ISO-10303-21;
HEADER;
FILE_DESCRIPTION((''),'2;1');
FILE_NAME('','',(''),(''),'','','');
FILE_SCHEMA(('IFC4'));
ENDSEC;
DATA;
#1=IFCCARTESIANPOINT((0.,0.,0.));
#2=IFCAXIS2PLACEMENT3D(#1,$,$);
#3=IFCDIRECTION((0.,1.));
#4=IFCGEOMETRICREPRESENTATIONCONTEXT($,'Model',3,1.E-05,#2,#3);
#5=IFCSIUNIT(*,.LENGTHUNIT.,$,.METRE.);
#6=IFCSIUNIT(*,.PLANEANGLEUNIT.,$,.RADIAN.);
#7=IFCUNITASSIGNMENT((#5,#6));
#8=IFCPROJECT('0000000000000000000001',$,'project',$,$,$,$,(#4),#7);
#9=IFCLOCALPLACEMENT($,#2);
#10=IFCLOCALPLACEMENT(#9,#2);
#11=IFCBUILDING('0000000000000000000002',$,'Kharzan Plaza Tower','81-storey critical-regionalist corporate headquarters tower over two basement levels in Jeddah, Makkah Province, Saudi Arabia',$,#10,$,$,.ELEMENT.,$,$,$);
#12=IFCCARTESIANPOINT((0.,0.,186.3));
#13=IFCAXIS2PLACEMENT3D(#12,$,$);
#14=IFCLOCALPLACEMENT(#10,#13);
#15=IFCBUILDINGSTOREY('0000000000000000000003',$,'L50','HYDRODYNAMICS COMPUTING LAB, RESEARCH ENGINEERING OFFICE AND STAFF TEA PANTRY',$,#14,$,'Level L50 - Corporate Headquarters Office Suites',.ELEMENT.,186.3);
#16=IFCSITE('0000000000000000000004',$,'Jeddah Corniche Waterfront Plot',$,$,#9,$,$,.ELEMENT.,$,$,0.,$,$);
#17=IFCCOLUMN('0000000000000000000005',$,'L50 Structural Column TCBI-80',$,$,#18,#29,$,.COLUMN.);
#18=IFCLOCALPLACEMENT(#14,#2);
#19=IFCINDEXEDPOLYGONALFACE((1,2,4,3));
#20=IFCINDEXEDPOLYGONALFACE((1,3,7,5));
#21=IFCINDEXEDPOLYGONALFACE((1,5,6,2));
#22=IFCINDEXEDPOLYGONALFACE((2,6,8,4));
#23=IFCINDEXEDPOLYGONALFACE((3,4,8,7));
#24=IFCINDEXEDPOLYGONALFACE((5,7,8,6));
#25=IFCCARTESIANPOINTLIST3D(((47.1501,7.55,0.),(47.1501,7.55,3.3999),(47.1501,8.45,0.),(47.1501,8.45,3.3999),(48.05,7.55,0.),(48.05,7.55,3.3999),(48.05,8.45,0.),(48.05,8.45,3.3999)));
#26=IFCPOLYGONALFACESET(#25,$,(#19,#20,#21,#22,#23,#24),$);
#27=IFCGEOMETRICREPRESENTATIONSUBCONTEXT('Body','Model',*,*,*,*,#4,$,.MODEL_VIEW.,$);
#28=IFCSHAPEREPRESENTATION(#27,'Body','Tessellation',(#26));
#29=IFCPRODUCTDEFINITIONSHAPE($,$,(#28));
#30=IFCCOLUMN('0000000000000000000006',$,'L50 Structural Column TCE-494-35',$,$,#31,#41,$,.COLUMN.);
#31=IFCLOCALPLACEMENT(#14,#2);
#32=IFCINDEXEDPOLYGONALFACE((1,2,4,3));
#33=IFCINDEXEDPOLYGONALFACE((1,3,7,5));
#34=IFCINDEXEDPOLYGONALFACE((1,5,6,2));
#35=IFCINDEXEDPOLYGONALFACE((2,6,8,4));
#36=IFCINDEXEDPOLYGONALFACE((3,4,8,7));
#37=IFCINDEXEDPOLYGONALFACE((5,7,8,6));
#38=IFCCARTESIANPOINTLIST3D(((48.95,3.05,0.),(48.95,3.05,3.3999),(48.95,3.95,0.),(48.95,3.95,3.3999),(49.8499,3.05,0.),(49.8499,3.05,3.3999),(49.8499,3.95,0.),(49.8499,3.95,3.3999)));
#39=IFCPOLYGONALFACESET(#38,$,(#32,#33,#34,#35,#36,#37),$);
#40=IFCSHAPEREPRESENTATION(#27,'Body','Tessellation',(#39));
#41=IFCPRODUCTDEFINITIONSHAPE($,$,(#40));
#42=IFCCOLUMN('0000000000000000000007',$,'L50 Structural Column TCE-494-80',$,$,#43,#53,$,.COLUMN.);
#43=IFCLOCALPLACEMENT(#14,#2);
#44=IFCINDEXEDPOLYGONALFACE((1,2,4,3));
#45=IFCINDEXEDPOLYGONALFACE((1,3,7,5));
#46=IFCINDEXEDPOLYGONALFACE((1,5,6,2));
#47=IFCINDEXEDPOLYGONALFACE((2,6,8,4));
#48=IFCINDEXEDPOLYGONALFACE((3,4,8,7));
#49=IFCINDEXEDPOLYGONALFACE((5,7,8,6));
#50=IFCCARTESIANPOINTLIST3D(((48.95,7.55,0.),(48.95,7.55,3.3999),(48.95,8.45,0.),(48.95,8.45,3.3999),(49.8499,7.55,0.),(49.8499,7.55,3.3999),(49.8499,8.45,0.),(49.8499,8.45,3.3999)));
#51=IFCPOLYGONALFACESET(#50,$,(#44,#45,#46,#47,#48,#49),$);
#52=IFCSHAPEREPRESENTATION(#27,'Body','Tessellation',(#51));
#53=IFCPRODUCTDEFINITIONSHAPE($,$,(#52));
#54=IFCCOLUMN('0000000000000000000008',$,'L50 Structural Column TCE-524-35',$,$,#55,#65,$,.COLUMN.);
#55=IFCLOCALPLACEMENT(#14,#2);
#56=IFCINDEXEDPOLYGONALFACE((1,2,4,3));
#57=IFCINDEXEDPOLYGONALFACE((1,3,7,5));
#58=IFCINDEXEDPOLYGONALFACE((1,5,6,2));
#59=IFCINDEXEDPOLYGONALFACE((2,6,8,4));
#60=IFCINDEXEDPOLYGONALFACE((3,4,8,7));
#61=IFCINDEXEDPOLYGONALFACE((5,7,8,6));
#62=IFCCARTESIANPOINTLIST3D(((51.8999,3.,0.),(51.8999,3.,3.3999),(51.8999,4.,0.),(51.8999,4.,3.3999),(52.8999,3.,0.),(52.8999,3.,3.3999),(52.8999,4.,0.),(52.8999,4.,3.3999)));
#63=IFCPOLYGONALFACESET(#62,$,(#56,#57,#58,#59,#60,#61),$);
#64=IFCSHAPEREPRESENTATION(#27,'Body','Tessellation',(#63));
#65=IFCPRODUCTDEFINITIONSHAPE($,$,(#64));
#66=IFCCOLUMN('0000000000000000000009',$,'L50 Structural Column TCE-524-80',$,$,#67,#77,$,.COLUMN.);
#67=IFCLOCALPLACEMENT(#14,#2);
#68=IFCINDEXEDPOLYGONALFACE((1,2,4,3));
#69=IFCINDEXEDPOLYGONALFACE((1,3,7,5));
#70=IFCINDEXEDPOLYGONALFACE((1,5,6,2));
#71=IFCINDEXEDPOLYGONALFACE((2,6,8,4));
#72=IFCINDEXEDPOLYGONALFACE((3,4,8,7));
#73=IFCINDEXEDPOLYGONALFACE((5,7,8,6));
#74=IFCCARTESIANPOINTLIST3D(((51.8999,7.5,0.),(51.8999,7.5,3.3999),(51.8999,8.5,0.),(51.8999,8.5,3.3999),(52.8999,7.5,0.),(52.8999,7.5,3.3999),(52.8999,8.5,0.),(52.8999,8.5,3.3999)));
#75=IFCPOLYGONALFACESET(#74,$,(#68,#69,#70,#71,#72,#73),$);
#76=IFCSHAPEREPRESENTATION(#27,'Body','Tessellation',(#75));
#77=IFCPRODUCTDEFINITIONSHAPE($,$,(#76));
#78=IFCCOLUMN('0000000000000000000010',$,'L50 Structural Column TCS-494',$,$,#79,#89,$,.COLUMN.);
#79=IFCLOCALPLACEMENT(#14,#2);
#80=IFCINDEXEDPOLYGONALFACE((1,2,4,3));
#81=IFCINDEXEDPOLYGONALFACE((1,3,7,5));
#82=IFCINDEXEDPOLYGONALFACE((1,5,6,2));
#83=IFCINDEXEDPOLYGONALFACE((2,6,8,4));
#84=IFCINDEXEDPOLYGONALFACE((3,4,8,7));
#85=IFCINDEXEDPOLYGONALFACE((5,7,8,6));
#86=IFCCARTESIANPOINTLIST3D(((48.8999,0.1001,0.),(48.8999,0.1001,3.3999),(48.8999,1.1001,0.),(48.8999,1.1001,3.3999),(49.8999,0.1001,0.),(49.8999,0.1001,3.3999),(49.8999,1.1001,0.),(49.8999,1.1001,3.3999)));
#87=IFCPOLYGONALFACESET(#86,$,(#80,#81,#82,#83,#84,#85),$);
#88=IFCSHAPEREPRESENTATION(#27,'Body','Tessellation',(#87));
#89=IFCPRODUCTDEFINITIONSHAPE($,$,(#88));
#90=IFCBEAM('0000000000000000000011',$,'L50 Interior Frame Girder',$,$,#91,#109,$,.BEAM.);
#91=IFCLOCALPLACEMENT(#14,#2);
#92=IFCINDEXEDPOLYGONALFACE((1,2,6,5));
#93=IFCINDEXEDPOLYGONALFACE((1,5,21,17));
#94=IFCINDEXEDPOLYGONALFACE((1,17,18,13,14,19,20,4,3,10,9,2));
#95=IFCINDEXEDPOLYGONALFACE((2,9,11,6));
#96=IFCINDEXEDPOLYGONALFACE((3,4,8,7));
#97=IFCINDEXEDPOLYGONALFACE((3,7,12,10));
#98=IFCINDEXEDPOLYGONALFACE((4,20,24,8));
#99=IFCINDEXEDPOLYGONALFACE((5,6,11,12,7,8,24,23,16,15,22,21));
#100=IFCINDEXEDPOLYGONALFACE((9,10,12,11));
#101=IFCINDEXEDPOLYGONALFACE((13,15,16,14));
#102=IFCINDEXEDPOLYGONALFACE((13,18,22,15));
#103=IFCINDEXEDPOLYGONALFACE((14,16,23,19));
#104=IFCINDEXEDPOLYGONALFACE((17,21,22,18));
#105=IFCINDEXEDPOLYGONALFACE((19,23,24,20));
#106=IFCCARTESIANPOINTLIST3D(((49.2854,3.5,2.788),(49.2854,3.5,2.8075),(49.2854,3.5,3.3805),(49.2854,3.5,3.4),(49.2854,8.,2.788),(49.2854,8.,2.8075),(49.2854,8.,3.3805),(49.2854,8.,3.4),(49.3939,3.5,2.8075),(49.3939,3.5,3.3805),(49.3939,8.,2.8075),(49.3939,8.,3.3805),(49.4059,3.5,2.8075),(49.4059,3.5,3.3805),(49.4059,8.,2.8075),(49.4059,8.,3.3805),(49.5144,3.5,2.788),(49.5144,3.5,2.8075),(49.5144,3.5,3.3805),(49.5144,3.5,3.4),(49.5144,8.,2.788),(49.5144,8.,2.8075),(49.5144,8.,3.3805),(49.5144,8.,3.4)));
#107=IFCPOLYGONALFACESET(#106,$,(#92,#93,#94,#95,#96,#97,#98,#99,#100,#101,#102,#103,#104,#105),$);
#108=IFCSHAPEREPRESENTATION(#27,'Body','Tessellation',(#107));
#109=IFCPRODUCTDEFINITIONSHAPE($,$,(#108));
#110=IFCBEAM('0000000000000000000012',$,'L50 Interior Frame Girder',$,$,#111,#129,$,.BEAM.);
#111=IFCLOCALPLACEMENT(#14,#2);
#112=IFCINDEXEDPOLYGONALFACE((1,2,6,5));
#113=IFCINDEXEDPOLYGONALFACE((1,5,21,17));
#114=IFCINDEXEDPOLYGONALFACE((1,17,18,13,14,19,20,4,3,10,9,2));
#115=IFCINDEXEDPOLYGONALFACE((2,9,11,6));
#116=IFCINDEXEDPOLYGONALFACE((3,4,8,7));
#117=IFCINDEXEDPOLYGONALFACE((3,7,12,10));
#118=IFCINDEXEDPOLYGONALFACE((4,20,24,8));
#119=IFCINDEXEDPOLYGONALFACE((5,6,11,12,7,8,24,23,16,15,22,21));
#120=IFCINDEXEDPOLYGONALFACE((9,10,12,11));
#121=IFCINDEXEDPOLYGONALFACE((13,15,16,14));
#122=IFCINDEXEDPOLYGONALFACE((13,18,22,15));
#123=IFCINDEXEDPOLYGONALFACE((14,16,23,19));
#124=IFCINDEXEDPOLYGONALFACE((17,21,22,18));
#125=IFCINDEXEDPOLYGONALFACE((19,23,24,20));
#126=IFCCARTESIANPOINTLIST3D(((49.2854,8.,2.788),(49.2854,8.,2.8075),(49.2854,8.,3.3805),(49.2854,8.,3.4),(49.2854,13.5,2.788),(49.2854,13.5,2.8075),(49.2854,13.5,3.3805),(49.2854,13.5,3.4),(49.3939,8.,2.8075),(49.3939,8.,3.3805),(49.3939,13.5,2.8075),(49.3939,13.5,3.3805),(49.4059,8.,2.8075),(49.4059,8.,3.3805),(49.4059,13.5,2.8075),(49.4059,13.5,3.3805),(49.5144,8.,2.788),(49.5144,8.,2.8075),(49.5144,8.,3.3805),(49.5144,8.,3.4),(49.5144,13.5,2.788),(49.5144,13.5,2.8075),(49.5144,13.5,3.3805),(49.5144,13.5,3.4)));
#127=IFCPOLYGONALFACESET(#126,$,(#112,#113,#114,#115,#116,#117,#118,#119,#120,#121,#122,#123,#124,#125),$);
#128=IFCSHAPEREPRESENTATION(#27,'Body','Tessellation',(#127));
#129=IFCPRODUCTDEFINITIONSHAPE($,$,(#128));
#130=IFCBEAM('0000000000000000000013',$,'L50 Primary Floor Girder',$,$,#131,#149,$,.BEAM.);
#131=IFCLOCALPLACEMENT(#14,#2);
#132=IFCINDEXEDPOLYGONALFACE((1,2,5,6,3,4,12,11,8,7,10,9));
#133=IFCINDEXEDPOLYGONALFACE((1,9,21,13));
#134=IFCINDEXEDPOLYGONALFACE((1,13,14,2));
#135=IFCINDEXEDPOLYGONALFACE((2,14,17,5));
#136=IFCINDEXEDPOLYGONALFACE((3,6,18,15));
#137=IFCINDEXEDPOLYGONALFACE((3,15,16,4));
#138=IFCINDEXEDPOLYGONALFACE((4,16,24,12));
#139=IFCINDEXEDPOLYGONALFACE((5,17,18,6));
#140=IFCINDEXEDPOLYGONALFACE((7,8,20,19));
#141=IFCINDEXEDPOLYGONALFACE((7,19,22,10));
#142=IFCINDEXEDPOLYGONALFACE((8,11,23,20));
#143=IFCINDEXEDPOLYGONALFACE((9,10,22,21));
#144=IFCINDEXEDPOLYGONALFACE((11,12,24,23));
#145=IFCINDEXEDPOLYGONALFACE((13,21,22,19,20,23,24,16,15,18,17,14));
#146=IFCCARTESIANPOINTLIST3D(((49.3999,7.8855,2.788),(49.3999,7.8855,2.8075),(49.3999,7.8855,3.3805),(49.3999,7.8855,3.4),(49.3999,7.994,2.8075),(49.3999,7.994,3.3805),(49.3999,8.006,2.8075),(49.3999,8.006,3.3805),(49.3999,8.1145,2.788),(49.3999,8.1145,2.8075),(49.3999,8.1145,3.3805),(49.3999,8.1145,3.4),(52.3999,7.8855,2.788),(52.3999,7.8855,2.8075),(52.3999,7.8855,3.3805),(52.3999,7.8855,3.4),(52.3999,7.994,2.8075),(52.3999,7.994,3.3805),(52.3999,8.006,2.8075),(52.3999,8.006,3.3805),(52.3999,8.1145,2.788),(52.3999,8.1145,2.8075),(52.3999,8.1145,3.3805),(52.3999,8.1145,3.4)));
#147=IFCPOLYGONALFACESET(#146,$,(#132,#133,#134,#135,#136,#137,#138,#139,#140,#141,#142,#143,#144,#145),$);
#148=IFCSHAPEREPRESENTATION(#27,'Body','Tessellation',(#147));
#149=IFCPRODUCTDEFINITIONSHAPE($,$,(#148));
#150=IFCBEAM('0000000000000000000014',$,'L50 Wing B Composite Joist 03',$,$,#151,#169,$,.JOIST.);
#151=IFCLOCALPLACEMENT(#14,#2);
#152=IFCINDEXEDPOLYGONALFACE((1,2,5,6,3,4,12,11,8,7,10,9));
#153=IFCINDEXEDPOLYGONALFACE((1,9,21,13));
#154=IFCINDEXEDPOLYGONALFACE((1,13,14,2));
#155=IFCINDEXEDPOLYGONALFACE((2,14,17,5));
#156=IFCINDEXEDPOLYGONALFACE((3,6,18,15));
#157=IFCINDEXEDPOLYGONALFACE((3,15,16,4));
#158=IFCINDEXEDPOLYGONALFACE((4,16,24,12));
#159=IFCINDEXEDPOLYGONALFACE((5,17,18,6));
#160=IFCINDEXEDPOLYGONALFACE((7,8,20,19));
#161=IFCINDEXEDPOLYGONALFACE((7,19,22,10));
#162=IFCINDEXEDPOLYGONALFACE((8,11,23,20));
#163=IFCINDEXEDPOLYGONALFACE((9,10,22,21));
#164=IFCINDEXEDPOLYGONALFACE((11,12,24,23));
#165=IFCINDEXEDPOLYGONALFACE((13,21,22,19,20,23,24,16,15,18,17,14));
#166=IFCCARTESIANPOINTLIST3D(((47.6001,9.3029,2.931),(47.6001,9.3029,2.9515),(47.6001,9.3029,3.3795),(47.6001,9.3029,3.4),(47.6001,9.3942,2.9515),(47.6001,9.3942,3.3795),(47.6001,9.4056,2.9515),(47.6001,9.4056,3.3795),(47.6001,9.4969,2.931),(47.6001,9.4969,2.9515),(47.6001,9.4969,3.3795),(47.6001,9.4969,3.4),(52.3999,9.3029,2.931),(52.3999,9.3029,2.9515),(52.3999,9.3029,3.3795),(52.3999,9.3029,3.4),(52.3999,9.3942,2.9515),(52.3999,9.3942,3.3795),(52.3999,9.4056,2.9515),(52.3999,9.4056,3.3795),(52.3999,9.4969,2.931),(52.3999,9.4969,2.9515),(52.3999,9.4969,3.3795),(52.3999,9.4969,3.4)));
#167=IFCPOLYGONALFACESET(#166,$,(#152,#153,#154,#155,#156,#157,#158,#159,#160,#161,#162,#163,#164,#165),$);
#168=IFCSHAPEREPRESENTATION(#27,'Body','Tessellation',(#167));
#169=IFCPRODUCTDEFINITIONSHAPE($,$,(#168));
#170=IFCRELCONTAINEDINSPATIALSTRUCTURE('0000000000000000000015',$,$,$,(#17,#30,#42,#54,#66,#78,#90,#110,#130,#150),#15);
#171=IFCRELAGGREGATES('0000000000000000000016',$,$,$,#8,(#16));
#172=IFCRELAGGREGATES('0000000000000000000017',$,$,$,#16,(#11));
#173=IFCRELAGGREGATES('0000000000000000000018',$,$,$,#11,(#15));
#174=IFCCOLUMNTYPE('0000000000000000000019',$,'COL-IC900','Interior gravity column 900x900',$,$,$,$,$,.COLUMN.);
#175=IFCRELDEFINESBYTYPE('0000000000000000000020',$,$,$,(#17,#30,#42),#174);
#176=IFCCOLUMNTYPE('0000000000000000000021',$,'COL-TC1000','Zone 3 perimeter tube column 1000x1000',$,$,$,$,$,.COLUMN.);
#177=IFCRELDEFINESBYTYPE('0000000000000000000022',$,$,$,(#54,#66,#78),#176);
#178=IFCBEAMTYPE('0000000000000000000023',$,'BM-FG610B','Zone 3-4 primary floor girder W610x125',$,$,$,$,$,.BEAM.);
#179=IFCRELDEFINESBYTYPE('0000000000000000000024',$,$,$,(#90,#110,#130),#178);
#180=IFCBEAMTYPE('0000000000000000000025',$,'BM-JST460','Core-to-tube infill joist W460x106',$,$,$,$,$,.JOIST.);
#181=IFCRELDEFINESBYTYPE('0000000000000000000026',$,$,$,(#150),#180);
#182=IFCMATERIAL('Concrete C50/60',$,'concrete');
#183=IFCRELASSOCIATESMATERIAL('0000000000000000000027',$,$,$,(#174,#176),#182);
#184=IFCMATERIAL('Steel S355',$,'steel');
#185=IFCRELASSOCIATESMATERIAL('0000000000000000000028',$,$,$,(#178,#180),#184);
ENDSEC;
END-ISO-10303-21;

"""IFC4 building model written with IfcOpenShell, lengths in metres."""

from ifc_helpers import new_model, si_unit, direction, frame, origin, origin_2d, place, context, subcontext, project, spatial, rectangle, i_section, extrude, source, transform, mapped, material, material_profile, profile_set, type_object, element, save


model = new_model("IFC4")

# Units and contexts
model_context = context("Model", 3, precision=1e-05, world=origin(), true_north=direction((0.0, 1.0)))
body_context = subcontext(model_context, "Body", "Model", "MODEL_VIEW")
ifc_project = project(units=[si_unit("LENGTHUNIT", "METRE"), si_unit("PLANEANGLEUNIT", "RADIAN")], contexts=[model_context])

# Site, building, storey
site_placement = place(None, origin())
site = spatial("IfcSite", under=ifc_project, at=site_placement, Name="Jeddah Corniche Waterfront Plot", CompositionType="ELEMENT", RefElevation=0.0)
building_placement = place(site_placement, origin())
building = spatial("IfcBuilding", under=site, at=building_placement, Name="Kharzan Plaza Tower", Description="81-storey critical-regionalist corporate headquarters tower over two basement levels in Jeddah, Makkah Province, Saudi Arabia", CompositionType="ELEMENT")
storey_placement = place(building_placement, frame((0.0, 0.0, 186.3)))
storey = spatial("IfcBuildingStorey", under=building, at=storey_placement, Name="L50", Description="HYDRODYNAMICS COMPUTING LAB, RESEARCH ENGINEERING OFFICE AND STAFF TEA PANTRY", LongName="Level L50 - Corporate Headquarters Office Suites", CompositionType="ELEMENT", Elevation=186.3)

# Columns
ifc_material_1 = material(Name="Concrete C50/60", Category="concrete")
ifc_material_profile_1 = material_profile(ifc_material_1, rectangle(XDim=0.8999, YDim=0.8999, at=origin_2d()), Name="RC-IC900x900")
ifc_profile_set_1 = profile_set([ifc_material_profile_1], Name="Concrete C50/60")
column_type_1 = type_object("IfcColumnType", Name="COL-IC900", Description="Interior gravity column 900x900", PredefinedType="COLUMN", material=ifc_profile_set_1)
shared_shape_1 = source(origin(), body_context, "Body", "SweptSolid", [
    extrude(rectangle(XDim=0.8999, YDim=0.8999, at=origin_2d()), origin(), (0.0, 0.0, 1.0), 3.3999),
])
for number, where, z_axis, x_axis, name in (
    (1, (47.6001, 8.0, 0.0), (0.0, 0.0, 1.0), (1.0, 0.0, 0.0), "L50 Structural Column TCBI-80"),
    (2, (49.3999, 3.5, 0.0), (0.0, 0.0, 1.0), (1.0, 0.0, 0.0), "L50 Structural Column TCE-494-35"),
    (3, (49.3999, 8.0, 0.0), (0.0, 0.0, 1.0), (1.0, 0.0, 0.0), "L50 Structural Column TCE-494-80"),
):
    element("IfcColumn", number, at=place(storey_placement, frame(where, z_axis=z_axis, x_axis=x_axis)), inside=storey, type_object=column_type_1, Name=name, PredefinedType="COLUMN", context=body_context, shape_type="MappedRepresentation", body=[
        mapped(shared_shape_1, transform((0.0, 0.0, 0.0), x_axis=(1.0, 0.0, 0.0), y_axis=(0.0, 1.0, 0.0), z_axis=(0.0, 0.0, 1.0))),
    ])
ifc_material_profile_2 = material_profile(ifc_material_1, rectangle(XDim=1.0, YDim=1.0, at=origin_2d()), Name="RC-TC1000x1000")
ifc_profile_set_2 = profile_set([ifc_material_profile_2], Name="Concrete C50/60")
column_type_2 = type_object("IfcColumnType", Name="COL-TC1000", Description="Zone 3 perimeter tube column 1000x1000", PredefinedType="COLUMN", material=ifc_profile_set_2)
shared_shape_2 = source(origin(), body_context, "Body", "SweptSolid", [
    extrude(rectangle(XDim=1.0, YDim=1.0, at=origin_2d()), origin(), (0.0, 0.0, 1.0), 3.3999),
])
for number, where, z_axis, x_axis, name in (
    (4, (52.3999, 3.5, 0.0), (0.0, 0.0, 1.0), (1.0, 0.0, 0.0), "L50 Structural Column TCE-524-35"),
    (5, (52.3999, 8.0, 0.0), (0.0, 0.0, 1.0), (1.0, 0.0, 0.0), "L50 Structural Column TCE-524-80"),
    (6, (49.3999, 0.6001, 0.0), (0.0, 0.0, 1.0), (1.0, 0.0, 0.0), "L50 Structural Column TCS-494"),
):
    element("IfcColumn", number, at=place(storey_placement, frame(where, z_axis=z_axis, x_axis=x_axis)), inside=storey, type_object=column_type_2, Name=name, PredefinedType="COLUMN", context=body_context, shape_type="MappedRepresentation", body=[
        mapped(shared_shape_2, transform((0.0, 0.0, 0.0), x_axis=(1.0, 0.0, 0.0), y_axis=(0.0, 1.0, 0.0), z_axis=(0.0, 0.0, 1.0))),
    ])

# Beams
ifc_material_2 = material(Name="Steel S355", Category="steel")
ifc_material_profile_3 = material_profile(ifc_material_2, i_section(OverallWidth=0.229, OverallDepth=0.6121, WebThickness=0.012, FlangeThickness=0.0195, at=origin_2d()), Name="W610x125")
ifc_profile_set_3 = profile_set([ifc_material_profile_3], Name="Steel S355")
beam_type_1 = type_object("IfcBeamType", Name="BM-FG610B", Description="Zone 3-4 primary floor girder W610x125", PredefinedType="BEAM", material=ifc_profile_set_3)
shared_shape_3 = source(origin(), body_context, "Body", "SweptSolid", [
    extrude(i_section(OverallWidth=0.229, OverallDepth=0.6121, WebThickness=0.012, FlangeThickness=0.0195, at=origin_2d()), origin(), (0.0, 0.0, 1.0), 4.5),
])
beam_1_placement = place(storey_placement, frame((49.3999, 3.5, 3.094), z_axis=(0.0, 1.0, 0.0), x_axis=(-1.0, 0.0, 0.0)))
element("IfcBeam", 7, at=beam_1_placement, inside=storey, type_object=beam_type_1, Name="L50 Interior Frame Girder", PredefinedType="BEAM", context=body_context, shape_type="MappedRepresentation", body=[
    mapped(shared_shape_3, transform((0.0, 0.0, 0.0), x_axis=(1.0, 0.0, 0.0), y_axis=(0.0, 1.0, 0.0), z_axis=(0.0, 0.0, 1.0))),
])
shared_shape_4 = source(origin(), body_context, "Body", "SweptSolid", [
    extrude(i_section(OverallWidth=0.229, OverallDepth=0.6121, WebThickness=0.012, FlangeThickness=0.0195, at=origin_2d()), origin(), (0.0, 0.0, 1.0), 5.5),
])
beam_2_placement = place(storey_placement, frame((49.3999, 8.0, 3.094), z_axis=(0.0, 1.0, 0.0), x_axis=(-1.0, 0.0, 0.0)))
element("IfcBeam", 8, at=beam_2_placement, inside=storey, type_object=beam_type_1, Name="L50 Interior Frame Girder", PredefinedType="BEAM", context=body_context, shape_type="MappedRepresentation", body=[
    mapped(shared_shape_4, transform((0.0, 0.0, 0.0), x_axis=(1.0, 0.0, 0.0), y_axis=(0.0, 1.0, 0.0), z_axis=(0.0, 0.0, 1.0))),
])
shared_shape_5 = source(origin(), body_context, "Body", "SweptSolid", [
    extrude(i_section(OverallWidth=0.229, OverallDepth=0.6121, WebThickness=0.012, FlangeThickness=0.0195, at=origin_2d()), origin(), (0.0, 0.0, 1.0), 3.0),
])
beam_3_placement = place(storey_placement, frame((49.3999, 8.0, 3.094), z_axis=(1.0, 0.0, 0.0), x_axis=(0.0, 1.0, 0.0)))
element("IfcBeam", 9, at=beam_3_placement, inside=storey, type_object=beam_type_1, Name="L50 Primary Floor Girder", PredefinedType="BEAM", context=body_context, shape_type="MappedRepresentation", body=[
    mapped(shared_shape_5, transform((0.0, 0.0, 0.0), x_axis=(1.0, 0.0, 0.0), y_axis=(0.0, 1.0, 0.0), z_axis=(0.0, 0.0, 1.0))),
])
ifc_material_profile_4 = material_profile(ifc_material_2, i_section(OverallWidth=0.1941, OverallDepth=0.469, WebThickness=0.0115, FlangeThickness=0.0205, at=origin_2d()), Name="W460x106")
ifc_profile_set_4 = profile_set([ifc_material_profile_4], Name="Steel S355")
beam_type_2 = type_object("IfcBeamType", Name="BM-JST460", Description="Core-to-tube infill joist W460x106", PredefinedType="JOIST", material=ifc_profile_set_4)
shared_shape_6 = source(origin(), body_context, "Body", "SweptSolid", [
    extrude(i_section(OverallWidth=0.1941, OverallDepth=0.469, WebThickness=0.0115, FlangeThickness=0.0205, at=origin_2d()), origin(), (0.0, 0.0, 1.0), 4.7998),
])
beam_4_placement = place(storey_placement, frame((47.6001, 9.3999, 3.1655), z_axis=(1.0, 0.0, 0.0), x_axis=(0.0, 1.0, 0.0)))
element("IfcBeam", 10, at=beam_4_placement, inside=storey, type_object=beam_type_2, Name="L50 Wing B Composite Joist 03", PredefinedType="JOIST", context=body_context, shape_type="MappedRepresentation", body=[
    mapped(shared_shape_6, transform((0.0, 0.0, 0.0), x_axis=(1.0, 0.0, 0.0), y_axis=(0.0, 1.0, 0.0), z_axis=(0.0, 0.0, 1.0))),
])

save(model, "model.ifc")
